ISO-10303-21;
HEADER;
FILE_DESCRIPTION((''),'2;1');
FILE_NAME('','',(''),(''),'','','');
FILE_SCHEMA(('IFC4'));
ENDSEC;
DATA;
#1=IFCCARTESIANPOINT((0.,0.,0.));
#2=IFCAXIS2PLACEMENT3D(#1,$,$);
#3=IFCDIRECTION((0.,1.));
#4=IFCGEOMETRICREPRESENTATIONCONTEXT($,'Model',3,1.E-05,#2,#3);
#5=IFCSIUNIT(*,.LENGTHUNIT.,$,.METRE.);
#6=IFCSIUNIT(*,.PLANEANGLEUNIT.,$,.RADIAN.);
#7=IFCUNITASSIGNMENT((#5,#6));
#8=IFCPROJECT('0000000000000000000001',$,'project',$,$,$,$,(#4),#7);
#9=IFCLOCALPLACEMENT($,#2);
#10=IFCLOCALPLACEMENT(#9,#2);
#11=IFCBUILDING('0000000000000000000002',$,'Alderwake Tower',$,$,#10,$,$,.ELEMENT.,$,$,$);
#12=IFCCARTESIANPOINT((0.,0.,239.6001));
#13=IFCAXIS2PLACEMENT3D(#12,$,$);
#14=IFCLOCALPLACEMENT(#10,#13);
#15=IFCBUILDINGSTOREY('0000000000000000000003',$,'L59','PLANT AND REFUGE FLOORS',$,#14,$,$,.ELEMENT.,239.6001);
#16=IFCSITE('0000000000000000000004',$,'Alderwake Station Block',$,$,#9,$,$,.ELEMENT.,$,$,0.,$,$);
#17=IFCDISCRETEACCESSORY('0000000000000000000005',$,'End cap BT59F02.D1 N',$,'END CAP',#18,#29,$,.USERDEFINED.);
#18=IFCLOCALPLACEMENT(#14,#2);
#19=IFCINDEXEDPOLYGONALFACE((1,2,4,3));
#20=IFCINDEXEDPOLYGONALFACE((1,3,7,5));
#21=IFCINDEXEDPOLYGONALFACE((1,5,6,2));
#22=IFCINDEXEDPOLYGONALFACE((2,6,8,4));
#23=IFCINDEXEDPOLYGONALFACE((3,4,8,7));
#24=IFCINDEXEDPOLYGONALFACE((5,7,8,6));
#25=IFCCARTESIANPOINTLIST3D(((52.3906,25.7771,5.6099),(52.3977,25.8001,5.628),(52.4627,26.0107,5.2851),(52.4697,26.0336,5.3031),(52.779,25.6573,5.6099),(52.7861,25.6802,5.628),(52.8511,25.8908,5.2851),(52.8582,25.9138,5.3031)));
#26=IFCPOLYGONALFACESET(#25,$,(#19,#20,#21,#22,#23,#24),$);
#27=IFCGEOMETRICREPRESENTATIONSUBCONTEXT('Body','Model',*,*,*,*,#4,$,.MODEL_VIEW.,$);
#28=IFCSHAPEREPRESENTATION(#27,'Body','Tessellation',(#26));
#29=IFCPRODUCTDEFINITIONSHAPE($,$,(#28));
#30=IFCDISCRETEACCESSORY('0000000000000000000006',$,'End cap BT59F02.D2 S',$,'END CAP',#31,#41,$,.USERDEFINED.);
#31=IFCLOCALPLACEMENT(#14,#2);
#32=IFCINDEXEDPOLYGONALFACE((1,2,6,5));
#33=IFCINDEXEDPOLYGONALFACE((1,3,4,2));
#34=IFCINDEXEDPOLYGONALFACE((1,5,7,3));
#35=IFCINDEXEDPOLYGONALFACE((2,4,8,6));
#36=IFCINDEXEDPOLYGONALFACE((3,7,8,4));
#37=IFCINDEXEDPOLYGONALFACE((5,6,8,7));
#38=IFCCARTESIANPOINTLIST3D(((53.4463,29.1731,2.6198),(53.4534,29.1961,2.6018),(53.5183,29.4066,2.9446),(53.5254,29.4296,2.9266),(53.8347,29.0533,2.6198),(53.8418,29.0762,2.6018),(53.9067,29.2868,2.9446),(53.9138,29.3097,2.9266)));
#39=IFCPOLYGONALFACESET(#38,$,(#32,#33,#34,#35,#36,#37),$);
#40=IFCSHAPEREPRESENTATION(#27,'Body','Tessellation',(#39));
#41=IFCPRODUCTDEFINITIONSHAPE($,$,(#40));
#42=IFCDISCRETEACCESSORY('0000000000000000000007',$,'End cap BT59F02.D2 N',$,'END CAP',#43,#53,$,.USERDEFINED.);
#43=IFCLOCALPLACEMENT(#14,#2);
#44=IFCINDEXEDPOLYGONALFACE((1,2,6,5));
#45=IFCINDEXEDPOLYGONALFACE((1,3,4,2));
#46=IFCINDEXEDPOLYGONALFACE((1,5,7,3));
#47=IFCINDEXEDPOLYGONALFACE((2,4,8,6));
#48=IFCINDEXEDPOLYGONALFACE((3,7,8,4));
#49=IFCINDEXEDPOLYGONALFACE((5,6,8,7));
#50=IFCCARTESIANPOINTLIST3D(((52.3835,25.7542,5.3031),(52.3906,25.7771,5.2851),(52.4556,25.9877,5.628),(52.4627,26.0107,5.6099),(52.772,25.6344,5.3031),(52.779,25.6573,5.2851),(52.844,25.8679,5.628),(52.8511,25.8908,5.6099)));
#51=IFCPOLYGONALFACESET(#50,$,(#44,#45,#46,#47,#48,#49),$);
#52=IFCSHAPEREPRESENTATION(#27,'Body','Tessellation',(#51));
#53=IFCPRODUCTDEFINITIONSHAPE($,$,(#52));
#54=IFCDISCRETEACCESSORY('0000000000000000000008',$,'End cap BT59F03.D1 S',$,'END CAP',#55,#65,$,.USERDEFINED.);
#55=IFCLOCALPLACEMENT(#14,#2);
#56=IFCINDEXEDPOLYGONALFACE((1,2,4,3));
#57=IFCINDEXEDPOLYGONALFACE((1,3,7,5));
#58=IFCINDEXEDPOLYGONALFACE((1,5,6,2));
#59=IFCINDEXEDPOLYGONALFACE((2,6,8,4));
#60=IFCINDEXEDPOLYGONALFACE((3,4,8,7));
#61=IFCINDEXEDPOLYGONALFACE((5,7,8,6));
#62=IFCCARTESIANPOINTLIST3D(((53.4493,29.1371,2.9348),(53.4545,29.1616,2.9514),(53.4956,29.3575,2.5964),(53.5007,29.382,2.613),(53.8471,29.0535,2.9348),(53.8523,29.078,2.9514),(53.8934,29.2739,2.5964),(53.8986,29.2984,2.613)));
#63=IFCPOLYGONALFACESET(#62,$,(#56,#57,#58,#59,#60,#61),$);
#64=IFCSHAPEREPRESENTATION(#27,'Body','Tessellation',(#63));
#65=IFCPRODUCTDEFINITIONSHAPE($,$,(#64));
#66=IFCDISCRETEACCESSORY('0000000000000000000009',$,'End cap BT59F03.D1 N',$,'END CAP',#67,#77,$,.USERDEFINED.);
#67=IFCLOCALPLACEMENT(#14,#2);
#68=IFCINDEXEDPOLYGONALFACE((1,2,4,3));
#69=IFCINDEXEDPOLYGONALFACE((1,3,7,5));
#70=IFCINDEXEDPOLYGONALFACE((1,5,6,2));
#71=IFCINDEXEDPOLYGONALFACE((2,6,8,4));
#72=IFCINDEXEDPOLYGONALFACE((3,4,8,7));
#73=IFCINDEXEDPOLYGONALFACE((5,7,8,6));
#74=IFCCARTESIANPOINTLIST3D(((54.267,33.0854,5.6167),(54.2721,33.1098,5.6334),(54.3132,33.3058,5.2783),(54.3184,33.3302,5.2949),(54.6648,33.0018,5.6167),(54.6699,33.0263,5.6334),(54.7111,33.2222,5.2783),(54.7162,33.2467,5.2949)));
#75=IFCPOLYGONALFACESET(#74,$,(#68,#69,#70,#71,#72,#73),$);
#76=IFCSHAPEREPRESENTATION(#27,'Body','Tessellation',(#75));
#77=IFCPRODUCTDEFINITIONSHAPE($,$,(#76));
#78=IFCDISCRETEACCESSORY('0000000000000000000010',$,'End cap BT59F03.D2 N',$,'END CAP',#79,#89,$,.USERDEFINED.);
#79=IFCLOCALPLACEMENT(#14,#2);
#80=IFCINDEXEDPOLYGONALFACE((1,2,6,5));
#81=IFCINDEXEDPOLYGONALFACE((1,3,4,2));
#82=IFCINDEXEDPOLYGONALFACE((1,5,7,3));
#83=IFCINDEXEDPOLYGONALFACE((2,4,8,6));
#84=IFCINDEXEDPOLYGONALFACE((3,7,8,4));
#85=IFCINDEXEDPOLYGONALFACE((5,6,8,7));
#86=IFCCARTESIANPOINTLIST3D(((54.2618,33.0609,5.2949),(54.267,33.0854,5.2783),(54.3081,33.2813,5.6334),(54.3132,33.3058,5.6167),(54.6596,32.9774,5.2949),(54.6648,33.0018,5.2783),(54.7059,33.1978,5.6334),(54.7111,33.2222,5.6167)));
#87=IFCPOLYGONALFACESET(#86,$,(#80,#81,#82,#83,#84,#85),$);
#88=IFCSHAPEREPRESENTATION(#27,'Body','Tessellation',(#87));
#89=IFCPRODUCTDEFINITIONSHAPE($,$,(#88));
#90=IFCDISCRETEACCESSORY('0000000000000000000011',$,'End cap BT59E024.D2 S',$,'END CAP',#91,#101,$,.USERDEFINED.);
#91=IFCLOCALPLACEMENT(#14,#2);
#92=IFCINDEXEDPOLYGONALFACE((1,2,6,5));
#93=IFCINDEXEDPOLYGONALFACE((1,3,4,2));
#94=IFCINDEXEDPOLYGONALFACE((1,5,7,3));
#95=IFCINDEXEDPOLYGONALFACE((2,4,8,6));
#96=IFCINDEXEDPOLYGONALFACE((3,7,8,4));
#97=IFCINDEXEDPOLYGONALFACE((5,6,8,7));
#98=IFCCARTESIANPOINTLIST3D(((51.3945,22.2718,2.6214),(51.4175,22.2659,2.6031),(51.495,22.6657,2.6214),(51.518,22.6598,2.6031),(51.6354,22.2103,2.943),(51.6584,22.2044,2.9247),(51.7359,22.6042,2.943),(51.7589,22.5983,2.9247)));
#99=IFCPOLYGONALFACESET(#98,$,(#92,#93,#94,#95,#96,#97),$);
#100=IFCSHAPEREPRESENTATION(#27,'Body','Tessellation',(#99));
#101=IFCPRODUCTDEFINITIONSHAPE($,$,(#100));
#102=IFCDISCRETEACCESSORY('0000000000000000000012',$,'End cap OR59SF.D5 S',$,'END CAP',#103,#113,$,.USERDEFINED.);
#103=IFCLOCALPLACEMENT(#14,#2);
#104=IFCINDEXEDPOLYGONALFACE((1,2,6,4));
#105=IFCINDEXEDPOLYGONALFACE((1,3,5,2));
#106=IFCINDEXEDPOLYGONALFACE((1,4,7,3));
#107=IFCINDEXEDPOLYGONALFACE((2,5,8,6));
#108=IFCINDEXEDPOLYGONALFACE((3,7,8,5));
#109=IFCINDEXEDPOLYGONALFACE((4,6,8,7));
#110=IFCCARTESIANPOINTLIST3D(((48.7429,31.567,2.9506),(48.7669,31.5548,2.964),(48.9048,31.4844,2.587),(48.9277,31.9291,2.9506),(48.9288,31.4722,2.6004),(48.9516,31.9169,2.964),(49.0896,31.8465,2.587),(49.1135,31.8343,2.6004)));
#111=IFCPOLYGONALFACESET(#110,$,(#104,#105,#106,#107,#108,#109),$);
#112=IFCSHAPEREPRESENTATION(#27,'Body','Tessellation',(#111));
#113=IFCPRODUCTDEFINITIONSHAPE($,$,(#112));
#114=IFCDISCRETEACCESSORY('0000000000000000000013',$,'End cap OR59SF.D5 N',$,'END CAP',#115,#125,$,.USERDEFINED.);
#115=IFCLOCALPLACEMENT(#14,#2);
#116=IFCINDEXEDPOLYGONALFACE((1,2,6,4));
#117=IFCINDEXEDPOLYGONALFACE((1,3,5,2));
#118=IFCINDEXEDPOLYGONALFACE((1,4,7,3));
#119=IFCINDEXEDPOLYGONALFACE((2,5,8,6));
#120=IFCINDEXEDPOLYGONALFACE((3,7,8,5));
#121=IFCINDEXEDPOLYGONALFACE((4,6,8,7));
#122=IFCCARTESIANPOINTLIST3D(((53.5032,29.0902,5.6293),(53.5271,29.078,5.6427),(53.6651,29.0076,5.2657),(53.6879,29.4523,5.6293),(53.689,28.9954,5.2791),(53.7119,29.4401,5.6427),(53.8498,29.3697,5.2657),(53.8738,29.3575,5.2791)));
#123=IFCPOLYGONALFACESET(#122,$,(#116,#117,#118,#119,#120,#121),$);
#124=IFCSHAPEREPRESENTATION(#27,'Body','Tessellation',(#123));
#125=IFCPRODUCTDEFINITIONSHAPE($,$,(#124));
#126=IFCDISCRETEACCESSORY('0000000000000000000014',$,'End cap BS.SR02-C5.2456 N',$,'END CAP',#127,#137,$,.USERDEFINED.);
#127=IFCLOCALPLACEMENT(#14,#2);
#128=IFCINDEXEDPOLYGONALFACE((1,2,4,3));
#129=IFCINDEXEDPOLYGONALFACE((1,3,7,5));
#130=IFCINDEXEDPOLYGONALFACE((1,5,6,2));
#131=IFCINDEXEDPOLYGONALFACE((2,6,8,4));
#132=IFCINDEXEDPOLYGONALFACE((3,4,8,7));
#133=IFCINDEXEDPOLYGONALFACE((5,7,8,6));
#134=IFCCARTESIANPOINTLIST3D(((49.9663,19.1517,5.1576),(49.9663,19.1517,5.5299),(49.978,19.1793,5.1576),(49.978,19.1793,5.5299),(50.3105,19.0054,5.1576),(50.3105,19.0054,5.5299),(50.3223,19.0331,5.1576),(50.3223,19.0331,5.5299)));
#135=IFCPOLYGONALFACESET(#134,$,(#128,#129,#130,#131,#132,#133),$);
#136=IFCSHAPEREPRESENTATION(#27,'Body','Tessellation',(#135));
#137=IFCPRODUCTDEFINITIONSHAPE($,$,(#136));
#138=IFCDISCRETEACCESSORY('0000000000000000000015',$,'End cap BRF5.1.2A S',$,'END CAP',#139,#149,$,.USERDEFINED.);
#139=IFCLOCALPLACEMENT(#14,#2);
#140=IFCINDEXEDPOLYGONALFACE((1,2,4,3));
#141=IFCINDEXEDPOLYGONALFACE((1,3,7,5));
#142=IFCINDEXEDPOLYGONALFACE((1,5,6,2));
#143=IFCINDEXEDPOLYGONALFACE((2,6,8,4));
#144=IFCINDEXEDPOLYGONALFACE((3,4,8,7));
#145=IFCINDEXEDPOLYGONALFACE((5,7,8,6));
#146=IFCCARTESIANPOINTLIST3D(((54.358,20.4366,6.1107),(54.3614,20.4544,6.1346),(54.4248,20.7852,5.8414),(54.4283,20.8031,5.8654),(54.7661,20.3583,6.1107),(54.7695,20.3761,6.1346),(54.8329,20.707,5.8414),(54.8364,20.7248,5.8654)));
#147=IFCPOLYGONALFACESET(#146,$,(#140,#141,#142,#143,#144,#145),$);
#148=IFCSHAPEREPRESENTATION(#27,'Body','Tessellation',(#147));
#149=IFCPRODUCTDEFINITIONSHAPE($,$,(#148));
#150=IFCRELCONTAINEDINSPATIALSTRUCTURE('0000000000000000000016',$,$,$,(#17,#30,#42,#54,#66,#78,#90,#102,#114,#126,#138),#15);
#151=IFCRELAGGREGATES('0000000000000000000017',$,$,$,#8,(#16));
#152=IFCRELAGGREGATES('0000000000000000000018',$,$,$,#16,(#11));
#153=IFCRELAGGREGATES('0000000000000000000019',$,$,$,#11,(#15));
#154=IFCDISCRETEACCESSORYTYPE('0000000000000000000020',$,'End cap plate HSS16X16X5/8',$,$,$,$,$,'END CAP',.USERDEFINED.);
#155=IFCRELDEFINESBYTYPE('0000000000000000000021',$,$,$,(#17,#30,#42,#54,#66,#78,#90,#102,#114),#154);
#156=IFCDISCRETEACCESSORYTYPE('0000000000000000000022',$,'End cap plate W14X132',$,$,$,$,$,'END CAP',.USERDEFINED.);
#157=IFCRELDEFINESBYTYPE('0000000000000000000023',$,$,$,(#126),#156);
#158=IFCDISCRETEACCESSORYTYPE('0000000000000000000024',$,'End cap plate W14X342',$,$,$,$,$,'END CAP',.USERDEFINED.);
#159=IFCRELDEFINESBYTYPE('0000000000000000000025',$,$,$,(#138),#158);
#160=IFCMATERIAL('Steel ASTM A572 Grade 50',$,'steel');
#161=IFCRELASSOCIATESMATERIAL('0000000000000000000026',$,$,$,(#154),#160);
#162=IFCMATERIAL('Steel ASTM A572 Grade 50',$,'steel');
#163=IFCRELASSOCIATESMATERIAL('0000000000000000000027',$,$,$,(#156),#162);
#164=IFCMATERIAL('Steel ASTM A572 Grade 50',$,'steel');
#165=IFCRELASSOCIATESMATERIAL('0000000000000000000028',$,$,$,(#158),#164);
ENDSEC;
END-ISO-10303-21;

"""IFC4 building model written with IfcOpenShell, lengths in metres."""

from ifc_helpers import new_model, si_unit, direction, frame, origin, origin_2d, place, context, subcontext, project, spatial, rectangle, extrude, material, material_profile, profile_set, type_object, element, save


model = new_model("IFC4")

# Units and contexts
model_context = context("Model", 3, precision=1e-05, world=origin(), true_north=direction((0.0, 1.0)))
body_context = subcontext(model_context, "Body", "Model", "MODEL_VIEW")
ifc_project = project(units=[si_unit("LENGTHUNIT", "METRE"), si_unit("PLANEANGLEUNIT", "RADIAN")], contexts=[model_context])

# Site, building, storey
site_placement = place(None, origin())
site = spatial("IfcSite", under=ifc_project, at=site_placement, Name="Alderwake Station Block", CompositionType="ELEMENT", RefElevation=0.0)
building_placement = place(site_placement, origin())
building = spatial("IfcBuilding", under=site, at=building_placement, Name="Alderwake Tower", CompositionType="ELEMENT")
storey_placement = place(building_placement, frame((0.0, 0.0, 239.6001)))
storey = spatial("IfcBuildingStorey", under=building, at=storey_placement, Name="L59", Description="PLANT AND REFUGE FLOORS", CompositionType="ELEMENT", Elevation=239.6001)

# Discrete accessories
ifc_material_1 = material(Name="Steel ASTM A572 Grade 50", Category="steel")
ifc_material_profile_1 = material_profile(ifc_material_1, rectangle(XDim=0.4065, YDim=0.4065, at=origin_2d()), Name="HSS16X16X5/8 cap")
ifc_profile_set_1 = profile_set([ifc_material_profile_1], Name="Steel ASTM A572 Grade 50")
discrete_accessory_type_1 = type_object("IfcDiscreteAccessoryType", Name="End cap plate HSS16X16X5/8", ElementType="END CAP", PredefinedType="USERDEFINED", material=ifc_profile_set_1)
for number, where, z_axis, x_axis, name in (
    (1, (52.6208, 25.834, 5.4475), (0.235586, 0.763622, 0.601149), (-0.955559, 0.2948, 0.0), "End cap BT59F02.D1 N"),
    (2, (53.6765, 29.23, 2.7822), (0.235586, 0.763622, -0.601149), (-0.955559, 0.2948, 0.0), "End cap BT59F02.D2 S"),
    (3, (52.6208, 25.834, 5.4475), (-0.235586, -0.763622, 0.601149), (0.955559, -0.2948, 0.0), "End cap BT59F02.D2 N"),
    (4, (53.6765, 29.23, 2.7822), (-0.171094, -0.814733, -0.554019), (0.978653, -0.205517, 0.0), "End cap BT59F03.D1 S"),
    (5, (54.489, 33.1538, 5.4475), (0.171094, 0.814733, 0.554019), (-0.978653, 0.205517, 0.0), "End cap BT59F03.D1 N"),
    (6, (54.489, 33.1538, 5.4475), (-0.171094, -0.814733, 0.554019), (0.978653, -0.205517, 0.0), "End cap BT59F03.D2 N"),
    (7, (51.5652, 22.438, 2.7822), (0.766562, -0.195718, -0.611619), (0.247383, 0.968918, 0.0), "End cap BT59E024.D2 S"),
    (8, (48.9402, 31.6946, 2.7822), (-0.796748, 0.406504, -0.447154), (-0.45447, -0.890762, 0.0), "End cap OR59SF.D5 S"),
    (9, (53.6765, 29.23, 5.4475), (0.796748, -0.406504, 0.447154), (0.45447, 0.890762, 0.0), "End cap OR59SF.D5 N"),
):
    element("IfcDiscreteAccessory", number, at=place(storey_placement, frame(where, z_axis=z_axis, x_axis=x_axis)), inside=storey, type_object=discrete_accessory_type_1, Name=name, ObjectType="END CAP", PredefinedType="USERDEFINED", context=body_context, shape_type="SweptSolid", body=[
        extrude(rectangle(XDim=0.4065, YDim=0.4065, at=origin_2d()), origin(), (0.0, 0.0, 1.0), 0.03),
    ])
ifc_material_2 = material(Name="Steel ASTM A572 Grade 50", Category="steel")
ifc_material_profile_2 = material_profile(ifc_material_2, rectangle(XDim=0.374, YDim=0.3723, at=origin_2d()), Name="W14X132 cap")
ifc_profile_set_2 = profile_set([ifc_material_profile_2], Name="Steel ASTM A572 Grade 50")
discrete_accessory_type_2 = type_object("IfcDiscreteAccessoryType", Name="End cap plate W14X132", ElementType="END CAP", PredefinedType="USERDEFINED", material=ifc_profile_set_2)
discrete_accessory_1_placement = place(storey_placement, frame((50.1501, 19.1062, 5.3438), z_axis=(-0.390968, -0.920404, 0.0), x_axis=(0.920404, -0.390968, 0.0)))
element("IfcDiscreteAccessory", 10, at=discrete_accessory_1_placement, inside=storey, type_object=discrete_accessory_type_2, Name="End cap BS.SR02-C5.2456 N", ObjectType="END CAP", PredefinedType="USERDEFINED", context=body_context, shape_type="SweptSolid", body=[
    extrude(rectangle(XDim=0.374, YDim=0.3723, at=origin_2d()), origin(), (0.0, 0.0, 1.0), 0.03),
])
ifc_material_3 = material(Name="Steel ASTM A572 Grade 50", Category="steel")
ifc_material_profile_3 = material_profile(ifc_material_3, rectangle(XDim=0.4155, YDim=0.4456, at=origin_2d()), Name="W14X342 cap")
ifc_profile_set_3 = profile_set([ifc_material_profile_3], Name="Steel ASTM A572 Grade 50")
discrete_accessory_type_3 = type_object("IfcDiscreteAccessoryType", Name="End cap plate W14X342", ElementType="END CAP", PredefinedType="USERDEFINED", material=ifc_profile_set_3)
discrete_accessory_2_placement = place(storey_placement, frame((54.5989, 20.5896, 6.0), z_axis=(-0.113821, -0.593496, -0.796748), x_axis=(0.982102, -0.188348, 0.0)))
element("IfcDiscreteAccessory", 11, at=discrete_accessory_2_placement, inside=storey, type_object=discrete_accessory_type_3, Name="End cap BRF5.1.2A S", ObjectType="END CAP", PredefinedType="USERDEFINED", context=body_context, shape_type="SweptSolid", body=[
    extrude(rectangle(XDim=0.4155, YDim=0.4456, at=origin_2d()), origin(), (0.0, 0.0, 1.0), 0.03),
])

save(model, "model.ifc")
